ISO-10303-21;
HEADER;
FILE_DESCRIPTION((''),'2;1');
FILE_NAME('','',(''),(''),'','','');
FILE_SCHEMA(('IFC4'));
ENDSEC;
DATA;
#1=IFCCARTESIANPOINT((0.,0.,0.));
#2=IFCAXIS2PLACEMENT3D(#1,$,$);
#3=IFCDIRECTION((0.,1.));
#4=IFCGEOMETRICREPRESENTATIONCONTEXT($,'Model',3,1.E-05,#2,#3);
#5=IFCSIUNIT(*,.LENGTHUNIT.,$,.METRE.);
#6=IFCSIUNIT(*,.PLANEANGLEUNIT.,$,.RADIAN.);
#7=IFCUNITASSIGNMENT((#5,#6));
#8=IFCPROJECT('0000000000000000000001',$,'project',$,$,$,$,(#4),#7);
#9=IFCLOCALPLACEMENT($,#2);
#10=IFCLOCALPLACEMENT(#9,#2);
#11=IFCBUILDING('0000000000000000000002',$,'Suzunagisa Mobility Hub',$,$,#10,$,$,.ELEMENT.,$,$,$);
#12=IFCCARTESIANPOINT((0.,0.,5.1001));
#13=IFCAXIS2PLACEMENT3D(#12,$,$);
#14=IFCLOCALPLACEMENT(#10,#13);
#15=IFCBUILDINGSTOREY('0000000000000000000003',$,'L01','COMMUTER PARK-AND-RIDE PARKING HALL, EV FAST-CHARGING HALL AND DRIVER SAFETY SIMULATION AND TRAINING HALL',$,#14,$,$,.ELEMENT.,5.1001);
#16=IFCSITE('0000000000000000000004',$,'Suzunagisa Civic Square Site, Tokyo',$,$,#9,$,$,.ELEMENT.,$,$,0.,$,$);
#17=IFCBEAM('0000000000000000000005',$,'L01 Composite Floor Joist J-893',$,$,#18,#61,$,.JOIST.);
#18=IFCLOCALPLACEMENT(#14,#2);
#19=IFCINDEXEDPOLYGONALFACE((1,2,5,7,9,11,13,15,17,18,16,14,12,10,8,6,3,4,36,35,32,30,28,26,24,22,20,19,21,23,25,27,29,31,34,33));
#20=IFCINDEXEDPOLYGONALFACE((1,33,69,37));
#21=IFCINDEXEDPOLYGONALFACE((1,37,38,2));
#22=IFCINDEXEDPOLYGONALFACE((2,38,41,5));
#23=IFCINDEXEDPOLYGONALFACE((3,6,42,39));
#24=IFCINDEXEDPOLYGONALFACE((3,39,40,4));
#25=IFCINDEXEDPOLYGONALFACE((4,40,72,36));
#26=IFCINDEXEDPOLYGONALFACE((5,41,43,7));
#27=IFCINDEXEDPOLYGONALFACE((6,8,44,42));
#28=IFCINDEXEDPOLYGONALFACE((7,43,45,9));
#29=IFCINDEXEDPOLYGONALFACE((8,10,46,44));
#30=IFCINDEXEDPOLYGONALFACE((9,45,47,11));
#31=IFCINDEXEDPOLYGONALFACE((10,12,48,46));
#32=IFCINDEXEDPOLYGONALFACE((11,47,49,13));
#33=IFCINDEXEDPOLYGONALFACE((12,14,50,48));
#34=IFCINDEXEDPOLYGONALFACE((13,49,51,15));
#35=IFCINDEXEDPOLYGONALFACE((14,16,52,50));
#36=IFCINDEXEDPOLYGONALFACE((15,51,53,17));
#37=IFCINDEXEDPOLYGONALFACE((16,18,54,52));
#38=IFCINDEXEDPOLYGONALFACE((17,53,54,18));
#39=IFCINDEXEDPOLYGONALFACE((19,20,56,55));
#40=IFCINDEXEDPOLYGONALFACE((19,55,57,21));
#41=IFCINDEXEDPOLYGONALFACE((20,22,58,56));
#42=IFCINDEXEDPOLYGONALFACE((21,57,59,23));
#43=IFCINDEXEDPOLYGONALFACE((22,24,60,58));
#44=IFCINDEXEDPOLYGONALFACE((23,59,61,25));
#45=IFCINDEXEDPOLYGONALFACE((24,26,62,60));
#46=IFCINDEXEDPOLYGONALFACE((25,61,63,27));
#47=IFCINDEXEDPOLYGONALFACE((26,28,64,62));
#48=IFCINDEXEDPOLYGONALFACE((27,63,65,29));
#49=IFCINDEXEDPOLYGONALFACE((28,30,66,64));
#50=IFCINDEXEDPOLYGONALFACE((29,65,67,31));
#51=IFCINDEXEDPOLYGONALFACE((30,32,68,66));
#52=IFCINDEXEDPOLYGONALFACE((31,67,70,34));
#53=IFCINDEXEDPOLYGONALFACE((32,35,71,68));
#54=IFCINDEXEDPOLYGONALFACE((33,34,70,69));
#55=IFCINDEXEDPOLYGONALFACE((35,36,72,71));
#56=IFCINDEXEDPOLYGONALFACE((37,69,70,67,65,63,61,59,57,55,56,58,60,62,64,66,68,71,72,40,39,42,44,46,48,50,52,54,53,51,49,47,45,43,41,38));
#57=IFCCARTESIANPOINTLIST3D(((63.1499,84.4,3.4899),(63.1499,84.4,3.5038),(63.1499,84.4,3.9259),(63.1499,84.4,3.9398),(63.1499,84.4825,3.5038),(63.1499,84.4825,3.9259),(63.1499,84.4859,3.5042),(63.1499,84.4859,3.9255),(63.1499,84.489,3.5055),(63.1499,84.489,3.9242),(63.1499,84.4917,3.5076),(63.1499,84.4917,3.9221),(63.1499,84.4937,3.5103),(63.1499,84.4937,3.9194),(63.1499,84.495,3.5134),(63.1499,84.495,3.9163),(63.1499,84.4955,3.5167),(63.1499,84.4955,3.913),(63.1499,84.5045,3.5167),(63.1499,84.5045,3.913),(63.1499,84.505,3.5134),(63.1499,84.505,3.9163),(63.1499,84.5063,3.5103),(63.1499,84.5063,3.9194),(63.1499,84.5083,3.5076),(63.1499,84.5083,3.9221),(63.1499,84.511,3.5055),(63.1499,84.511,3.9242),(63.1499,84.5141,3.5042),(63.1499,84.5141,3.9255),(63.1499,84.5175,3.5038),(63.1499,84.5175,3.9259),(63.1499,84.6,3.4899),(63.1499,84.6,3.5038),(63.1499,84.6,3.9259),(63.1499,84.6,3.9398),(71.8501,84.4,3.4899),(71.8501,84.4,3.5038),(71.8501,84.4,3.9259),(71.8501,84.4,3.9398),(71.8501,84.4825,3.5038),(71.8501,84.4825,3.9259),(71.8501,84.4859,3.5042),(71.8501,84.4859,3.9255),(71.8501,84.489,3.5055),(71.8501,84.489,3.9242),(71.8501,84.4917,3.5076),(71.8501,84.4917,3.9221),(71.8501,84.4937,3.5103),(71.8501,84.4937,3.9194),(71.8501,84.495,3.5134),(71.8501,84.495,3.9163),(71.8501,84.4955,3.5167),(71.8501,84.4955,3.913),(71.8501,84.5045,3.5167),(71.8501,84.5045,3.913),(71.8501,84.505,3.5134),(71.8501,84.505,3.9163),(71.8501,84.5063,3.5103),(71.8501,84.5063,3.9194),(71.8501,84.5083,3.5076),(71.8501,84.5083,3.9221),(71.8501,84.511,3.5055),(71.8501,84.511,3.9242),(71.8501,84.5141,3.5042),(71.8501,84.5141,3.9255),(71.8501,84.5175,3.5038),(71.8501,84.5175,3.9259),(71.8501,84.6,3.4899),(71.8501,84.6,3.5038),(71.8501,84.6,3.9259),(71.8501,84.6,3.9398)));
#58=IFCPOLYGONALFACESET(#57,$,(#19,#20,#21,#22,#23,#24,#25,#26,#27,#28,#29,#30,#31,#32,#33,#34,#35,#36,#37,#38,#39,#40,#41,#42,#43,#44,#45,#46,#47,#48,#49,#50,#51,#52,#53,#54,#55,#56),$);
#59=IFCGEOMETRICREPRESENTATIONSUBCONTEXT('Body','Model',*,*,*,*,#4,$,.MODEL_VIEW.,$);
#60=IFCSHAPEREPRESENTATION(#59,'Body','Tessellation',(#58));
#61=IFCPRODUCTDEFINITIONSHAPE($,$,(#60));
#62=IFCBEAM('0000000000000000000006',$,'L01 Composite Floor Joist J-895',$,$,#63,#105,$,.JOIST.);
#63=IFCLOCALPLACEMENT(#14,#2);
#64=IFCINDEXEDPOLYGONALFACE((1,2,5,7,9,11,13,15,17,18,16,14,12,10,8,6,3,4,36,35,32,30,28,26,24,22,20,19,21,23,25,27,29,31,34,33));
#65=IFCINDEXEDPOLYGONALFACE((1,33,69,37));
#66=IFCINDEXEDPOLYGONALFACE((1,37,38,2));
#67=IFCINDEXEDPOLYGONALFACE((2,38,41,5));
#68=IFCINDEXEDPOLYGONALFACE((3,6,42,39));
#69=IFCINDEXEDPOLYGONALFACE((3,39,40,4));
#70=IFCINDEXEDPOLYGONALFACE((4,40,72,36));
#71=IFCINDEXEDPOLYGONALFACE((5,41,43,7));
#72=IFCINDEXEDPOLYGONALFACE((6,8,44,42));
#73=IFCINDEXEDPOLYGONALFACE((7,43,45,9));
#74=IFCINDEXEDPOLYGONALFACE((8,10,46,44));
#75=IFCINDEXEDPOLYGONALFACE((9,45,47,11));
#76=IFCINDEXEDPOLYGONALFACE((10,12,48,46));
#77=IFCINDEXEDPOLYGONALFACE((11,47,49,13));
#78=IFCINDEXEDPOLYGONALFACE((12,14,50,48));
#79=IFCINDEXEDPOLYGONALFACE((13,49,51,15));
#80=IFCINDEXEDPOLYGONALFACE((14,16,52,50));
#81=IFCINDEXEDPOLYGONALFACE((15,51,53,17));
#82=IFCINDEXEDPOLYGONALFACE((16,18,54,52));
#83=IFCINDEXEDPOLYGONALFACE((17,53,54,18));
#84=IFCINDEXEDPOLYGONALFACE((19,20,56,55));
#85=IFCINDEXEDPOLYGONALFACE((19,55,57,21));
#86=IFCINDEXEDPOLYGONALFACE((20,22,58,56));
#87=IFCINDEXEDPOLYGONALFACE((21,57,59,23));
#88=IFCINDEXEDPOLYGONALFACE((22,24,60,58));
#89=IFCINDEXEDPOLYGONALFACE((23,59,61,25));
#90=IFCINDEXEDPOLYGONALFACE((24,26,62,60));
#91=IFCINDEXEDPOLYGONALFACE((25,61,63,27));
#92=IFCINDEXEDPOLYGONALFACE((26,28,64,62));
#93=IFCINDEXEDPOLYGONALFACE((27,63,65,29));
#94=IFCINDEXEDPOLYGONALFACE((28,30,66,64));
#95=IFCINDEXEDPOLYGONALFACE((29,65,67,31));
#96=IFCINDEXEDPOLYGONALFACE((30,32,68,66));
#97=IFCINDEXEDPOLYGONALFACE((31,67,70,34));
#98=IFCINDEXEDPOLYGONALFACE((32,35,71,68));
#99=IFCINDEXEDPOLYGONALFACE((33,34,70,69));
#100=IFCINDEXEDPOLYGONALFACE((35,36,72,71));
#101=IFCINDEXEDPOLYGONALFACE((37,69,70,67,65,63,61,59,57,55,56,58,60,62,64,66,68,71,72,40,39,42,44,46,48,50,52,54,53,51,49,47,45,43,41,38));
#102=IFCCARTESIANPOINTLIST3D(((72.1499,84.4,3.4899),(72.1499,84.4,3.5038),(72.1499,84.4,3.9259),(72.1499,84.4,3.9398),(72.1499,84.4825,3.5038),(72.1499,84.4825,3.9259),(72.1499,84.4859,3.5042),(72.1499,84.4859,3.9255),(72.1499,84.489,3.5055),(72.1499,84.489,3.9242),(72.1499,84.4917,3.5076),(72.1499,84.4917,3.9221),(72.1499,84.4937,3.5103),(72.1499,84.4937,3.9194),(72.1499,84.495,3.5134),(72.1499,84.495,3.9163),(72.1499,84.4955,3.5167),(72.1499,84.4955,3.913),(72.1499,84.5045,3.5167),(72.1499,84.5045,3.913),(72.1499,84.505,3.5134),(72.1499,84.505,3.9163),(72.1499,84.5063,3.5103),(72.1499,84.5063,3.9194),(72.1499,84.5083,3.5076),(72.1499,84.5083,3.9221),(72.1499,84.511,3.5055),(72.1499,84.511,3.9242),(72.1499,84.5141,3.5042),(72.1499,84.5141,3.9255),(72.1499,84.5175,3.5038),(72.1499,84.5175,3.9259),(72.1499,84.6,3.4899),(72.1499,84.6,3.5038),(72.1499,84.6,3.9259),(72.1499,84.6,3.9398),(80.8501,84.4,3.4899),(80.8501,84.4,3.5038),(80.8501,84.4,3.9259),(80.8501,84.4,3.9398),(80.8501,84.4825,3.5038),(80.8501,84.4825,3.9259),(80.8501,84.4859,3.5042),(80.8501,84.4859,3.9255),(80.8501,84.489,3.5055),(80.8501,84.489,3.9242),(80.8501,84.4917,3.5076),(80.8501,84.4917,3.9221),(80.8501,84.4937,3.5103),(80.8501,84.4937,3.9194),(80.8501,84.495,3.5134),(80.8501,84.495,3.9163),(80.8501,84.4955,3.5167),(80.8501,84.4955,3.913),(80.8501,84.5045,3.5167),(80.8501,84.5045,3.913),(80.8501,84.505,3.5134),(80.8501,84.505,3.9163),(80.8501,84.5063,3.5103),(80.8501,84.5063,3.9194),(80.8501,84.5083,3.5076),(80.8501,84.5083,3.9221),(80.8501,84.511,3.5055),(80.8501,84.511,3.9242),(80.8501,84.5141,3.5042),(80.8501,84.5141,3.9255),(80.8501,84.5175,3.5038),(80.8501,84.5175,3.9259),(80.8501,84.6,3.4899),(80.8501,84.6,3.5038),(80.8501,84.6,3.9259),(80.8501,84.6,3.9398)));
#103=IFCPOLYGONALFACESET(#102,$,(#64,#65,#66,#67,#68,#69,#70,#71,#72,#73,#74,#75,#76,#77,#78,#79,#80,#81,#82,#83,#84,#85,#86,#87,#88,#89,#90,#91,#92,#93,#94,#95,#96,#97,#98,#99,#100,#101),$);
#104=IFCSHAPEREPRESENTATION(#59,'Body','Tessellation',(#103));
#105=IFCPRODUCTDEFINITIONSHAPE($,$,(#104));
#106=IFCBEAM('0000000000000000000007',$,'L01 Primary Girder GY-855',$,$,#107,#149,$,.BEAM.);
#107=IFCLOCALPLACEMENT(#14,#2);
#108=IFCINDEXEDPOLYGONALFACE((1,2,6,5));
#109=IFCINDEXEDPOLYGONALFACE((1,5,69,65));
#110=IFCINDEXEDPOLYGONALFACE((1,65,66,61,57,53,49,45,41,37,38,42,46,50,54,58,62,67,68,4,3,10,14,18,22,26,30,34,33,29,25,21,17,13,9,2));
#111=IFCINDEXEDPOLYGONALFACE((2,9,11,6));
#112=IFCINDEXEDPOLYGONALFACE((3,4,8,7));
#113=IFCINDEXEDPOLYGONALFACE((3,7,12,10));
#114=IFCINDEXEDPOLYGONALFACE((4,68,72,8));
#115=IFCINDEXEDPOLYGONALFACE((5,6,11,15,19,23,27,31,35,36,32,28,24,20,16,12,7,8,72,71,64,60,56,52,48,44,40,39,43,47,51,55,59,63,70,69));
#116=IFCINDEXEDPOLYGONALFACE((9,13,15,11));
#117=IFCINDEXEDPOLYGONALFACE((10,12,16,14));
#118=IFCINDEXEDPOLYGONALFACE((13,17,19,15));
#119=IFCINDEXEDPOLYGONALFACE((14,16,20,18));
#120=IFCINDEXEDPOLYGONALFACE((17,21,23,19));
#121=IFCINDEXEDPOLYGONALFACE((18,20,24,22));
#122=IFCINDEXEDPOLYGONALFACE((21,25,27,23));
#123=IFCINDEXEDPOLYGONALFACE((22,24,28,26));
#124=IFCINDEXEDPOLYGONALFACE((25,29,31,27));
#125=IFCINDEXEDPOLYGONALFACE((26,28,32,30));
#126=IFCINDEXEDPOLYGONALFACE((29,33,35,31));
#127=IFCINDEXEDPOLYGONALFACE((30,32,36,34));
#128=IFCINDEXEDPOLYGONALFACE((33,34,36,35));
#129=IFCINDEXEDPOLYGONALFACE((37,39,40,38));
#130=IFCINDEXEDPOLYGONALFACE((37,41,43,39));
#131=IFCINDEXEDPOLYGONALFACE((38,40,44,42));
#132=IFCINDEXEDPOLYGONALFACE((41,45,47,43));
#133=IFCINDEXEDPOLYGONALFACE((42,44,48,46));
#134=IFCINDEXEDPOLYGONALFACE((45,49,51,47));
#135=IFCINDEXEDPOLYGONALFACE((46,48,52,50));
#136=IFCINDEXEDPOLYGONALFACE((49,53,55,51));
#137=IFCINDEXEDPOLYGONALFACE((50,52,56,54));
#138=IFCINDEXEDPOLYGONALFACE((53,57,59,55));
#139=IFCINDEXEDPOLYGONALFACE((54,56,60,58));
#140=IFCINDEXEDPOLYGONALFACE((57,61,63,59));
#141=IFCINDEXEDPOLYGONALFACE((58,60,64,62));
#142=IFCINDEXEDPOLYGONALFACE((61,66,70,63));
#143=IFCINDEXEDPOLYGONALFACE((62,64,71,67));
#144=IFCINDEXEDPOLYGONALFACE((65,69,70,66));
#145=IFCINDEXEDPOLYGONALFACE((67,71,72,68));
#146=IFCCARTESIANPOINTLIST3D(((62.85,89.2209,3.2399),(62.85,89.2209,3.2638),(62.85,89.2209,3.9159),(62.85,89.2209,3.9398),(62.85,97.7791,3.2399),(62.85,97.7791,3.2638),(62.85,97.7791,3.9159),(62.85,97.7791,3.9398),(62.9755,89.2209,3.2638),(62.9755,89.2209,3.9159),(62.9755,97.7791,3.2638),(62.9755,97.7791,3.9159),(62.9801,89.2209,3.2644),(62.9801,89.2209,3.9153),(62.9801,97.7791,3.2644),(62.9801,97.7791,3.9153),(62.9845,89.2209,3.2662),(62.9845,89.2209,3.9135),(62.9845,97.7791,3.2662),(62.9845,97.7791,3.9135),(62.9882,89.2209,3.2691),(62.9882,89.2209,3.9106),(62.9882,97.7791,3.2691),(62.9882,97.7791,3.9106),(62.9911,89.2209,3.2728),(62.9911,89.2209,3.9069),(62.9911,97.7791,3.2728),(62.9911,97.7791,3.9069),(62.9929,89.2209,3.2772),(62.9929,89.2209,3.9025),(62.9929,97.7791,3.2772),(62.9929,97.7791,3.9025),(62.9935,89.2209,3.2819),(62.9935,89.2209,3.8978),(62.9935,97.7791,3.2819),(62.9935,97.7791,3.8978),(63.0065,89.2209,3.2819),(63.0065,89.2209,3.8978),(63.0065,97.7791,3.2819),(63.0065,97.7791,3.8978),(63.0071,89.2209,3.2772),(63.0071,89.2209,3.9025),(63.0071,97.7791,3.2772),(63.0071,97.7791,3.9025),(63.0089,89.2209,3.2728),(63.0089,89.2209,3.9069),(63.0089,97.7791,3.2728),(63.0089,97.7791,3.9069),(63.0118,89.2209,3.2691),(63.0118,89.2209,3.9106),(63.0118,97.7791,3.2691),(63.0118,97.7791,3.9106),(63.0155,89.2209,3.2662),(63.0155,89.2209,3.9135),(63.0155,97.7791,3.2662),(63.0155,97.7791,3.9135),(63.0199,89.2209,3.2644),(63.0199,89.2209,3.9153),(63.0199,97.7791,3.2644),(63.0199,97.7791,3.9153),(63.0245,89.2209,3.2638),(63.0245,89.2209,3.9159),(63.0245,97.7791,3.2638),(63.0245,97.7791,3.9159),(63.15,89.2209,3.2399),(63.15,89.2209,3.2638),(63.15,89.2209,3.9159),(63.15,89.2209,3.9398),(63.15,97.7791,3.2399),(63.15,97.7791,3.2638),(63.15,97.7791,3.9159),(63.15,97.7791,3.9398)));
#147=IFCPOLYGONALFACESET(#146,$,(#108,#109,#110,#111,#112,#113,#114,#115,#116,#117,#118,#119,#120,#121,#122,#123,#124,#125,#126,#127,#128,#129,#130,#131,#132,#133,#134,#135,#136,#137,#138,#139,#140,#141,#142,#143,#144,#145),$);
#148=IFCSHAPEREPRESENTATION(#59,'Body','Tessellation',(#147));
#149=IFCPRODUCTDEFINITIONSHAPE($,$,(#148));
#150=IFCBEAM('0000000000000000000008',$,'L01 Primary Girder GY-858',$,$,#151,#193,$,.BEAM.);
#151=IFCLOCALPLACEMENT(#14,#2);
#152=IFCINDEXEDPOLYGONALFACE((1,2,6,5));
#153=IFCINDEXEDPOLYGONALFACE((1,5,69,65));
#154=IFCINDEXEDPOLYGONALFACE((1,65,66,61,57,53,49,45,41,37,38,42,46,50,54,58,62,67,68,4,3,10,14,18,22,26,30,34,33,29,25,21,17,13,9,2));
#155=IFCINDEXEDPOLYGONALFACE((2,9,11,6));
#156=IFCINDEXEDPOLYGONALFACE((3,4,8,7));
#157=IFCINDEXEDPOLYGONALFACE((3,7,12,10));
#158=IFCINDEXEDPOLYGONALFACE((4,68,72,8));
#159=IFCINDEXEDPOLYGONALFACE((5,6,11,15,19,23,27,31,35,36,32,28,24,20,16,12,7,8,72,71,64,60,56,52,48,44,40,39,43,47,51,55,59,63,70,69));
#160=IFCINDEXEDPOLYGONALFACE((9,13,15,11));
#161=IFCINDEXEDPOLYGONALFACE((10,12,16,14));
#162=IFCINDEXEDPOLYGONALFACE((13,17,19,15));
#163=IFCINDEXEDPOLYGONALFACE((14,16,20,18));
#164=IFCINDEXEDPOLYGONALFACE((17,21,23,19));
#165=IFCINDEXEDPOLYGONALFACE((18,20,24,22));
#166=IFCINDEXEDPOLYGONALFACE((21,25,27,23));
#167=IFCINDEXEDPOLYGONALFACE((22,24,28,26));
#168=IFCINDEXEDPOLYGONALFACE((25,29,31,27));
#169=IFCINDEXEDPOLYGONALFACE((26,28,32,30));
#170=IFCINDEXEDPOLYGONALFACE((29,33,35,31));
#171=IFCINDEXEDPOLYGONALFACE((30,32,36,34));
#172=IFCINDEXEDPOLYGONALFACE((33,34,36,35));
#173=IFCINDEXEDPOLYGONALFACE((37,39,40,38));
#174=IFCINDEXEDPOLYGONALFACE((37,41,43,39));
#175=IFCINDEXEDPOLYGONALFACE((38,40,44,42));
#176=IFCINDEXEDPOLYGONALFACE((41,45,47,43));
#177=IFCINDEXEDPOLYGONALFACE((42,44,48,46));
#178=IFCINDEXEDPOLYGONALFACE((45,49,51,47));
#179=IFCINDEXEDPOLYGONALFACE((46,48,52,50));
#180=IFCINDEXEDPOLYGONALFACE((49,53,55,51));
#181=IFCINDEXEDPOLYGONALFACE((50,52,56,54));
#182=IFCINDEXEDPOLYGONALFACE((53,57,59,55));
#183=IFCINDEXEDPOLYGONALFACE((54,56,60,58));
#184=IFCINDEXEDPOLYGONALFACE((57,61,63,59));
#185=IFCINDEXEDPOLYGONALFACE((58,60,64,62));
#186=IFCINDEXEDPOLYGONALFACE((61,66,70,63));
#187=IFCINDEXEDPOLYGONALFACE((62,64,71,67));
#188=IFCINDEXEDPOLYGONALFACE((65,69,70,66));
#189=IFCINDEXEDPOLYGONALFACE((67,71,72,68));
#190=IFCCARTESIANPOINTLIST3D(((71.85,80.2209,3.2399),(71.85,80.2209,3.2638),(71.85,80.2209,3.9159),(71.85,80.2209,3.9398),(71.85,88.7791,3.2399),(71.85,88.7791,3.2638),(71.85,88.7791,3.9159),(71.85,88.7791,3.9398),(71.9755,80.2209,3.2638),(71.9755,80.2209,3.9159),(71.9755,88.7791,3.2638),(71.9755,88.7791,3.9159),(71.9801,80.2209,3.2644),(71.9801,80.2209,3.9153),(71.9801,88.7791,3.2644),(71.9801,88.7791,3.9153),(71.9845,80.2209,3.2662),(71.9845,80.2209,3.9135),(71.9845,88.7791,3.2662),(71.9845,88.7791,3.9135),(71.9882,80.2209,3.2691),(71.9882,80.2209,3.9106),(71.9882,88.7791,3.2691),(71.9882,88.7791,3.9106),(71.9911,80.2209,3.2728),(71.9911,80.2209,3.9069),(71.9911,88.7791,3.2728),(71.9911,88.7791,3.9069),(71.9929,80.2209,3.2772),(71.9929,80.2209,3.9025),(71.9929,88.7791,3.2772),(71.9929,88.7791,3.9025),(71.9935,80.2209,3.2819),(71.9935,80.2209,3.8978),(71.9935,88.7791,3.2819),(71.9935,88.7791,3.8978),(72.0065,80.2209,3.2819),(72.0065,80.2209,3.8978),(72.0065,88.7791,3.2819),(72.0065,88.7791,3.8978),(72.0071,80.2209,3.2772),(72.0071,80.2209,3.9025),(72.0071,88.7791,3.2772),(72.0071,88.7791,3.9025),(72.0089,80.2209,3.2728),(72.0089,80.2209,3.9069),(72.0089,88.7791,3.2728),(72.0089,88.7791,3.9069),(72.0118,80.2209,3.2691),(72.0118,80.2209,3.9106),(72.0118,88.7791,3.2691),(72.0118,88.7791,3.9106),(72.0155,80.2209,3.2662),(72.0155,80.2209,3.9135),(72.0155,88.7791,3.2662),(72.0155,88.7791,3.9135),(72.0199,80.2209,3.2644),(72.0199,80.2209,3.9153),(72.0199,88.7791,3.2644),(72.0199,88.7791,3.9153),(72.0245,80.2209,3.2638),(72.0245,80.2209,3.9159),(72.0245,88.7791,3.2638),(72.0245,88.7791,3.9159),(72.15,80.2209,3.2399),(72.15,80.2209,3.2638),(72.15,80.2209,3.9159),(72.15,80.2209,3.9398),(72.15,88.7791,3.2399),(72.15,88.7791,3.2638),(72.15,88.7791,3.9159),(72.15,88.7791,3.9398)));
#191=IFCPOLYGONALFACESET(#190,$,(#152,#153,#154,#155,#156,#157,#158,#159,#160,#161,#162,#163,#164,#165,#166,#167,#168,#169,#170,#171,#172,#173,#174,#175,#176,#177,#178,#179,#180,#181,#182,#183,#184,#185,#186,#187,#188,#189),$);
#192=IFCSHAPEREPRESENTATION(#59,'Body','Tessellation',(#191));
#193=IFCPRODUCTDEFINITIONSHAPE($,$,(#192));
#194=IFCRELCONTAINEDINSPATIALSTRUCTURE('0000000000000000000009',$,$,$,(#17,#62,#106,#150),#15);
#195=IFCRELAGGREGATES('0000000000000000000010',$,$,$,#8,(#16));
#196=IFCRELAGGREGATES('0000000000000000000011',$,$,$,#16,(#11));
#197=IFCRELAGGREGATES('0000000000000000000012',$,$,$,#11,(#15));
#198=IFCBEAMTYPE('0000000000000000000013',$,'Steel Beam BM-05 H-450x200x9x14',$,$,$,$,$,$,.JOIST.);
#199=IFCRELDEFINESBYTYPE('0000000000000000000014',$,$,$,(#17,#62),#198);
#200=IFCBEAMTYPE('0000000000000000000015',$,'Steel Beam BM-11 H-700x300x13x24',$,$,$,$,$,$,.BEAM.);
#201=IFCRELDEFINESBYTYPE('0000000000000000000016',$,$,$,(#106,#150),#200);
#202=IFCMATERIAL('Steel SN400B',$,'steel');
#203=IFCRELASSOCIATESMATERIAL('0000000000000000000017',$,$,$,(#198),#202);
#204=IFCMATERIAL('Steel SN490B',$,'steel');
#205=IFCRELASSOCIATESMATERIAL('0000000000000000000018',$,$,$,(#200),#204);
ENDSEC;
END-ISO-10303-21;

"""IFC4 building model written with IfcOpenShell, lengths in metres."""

from ifc_helpers import new_model, si_unit, direction, frame, origin, origin_2d, place, context, subcontext, project, spatial, i_section, extrude, material, material_profile, profile_set, type_object, element, save


model = new_model("IFC4")

# Units and contexts
model_context = context("Model", 3, precision=1e-05, world=origin(), true_north=direction((0.0, 1.0)))
body_context = subcontext(model_context, "Body", "Model", "MODEL_VIEW")
ifc_project = project(units=[si_unit("LENGTHUNIT", "METRE"), si_unit("PLANEANGLEUNIT", "RADIAN")], contexts=[model_context])

# Site, building, storey
site_placement = place(None, origin())
site = spatial("IfcSite", under=ifc_project, at=site_placement, Name="Suzunagisa Civic Square Site, Tokyo", CompositionType="ELEMENT", RefElevation=0.0)
building_placement = place(site_placement, origin())
building = spatial("IfcBuilding", under=site, at=building_placement, Name="Suzunagisa Mobility Hub", CompositionType="ELEMENT")
storey_placement = place(building_placement, frame((0.0, 0.0, 5.1001)))
storey = spatial("IfcBuildingStorey", under=building, at=storey_placement, Name="L01", Description="COMMUTER PARK-AND-RIDE PARKING HALL, EV FAST-CHARGING HALL AND DRIVER SAFETY SIMULATION AND TRAINING HALL", CompositionType="ELEMENT", Elevation=5.1001)

# Shared definitions
ifc_material_1 = material(Name="Steel SN490B", Category="steel")

# Beams
ifc_material_2 = material(Name="Steel SN400B", Category="steel")
ifc_material_profile_1 = material_profile(ifc_material_2, i_section(OverallWidth=0.2, OverallDepth=0.45, WebThickness=0.009, FlangeThickness=0.0139, FilletRadius=0.0129, at=origin_2d()), Name="H-450x200x9x14")
ifc_profile_set_1 = profile_set([ifc_material_profile_1], Name="Steel SN400B")
beam_type_1 = type_object("IfcBeamType", Name="Steel Beam BM-05 H-450x200x9x14", PredefinedType="JOIST", material=ifc_profile_set_1)
for number, where, z_axis, x_axis, name in (
    (1, (63.1499, 84.5, 3.7148), (1.0, 0.0, 0.0), (0.0, 1.0, 0.0), "L01 Composite Floor Joist J-893"),
    (2, (72.1499, 84.5, 3.7148), (1.0, 0.0, 0.0), (0.0, 1.0, 0.0), "L01 Composite Floor Joist J-895"),
):
    element("IfcBeam", number, at=place(storey_placement, frame(where, z_axis=z_axis, x_axis=x_axis)), inside=storey, type_object=beam_type_1, Name=name, PredefinedType="JOIST", context=body_context, shape_type="SweptSolid", body=[
        extrude(i_section(OverallWidth=0.2, OverallDepth=0.45, WebThickness=0.009, FlangeThickness=0.0139, FilletRadius=0.0129, at=origin_2d()), origin(), (0.0, 0.0, 1.0), 8.7002),
    ])
ifc_material_profile_2 = material_profile(ifc_material_1, i_section(OverallWidth=0.3, OverallDepth=0.7, WebThickness=0.0129, FlangeThickness=0.0239, FilletRadius=0.0181, at=origin_2d()), Name="H-700x300x13x24")
ifc_profile_set_2 = profile_set([ifc_material_profile_2], Name="Steel SN490B")
beam_type_2 = type_object("IfcBeamType", Name="Steel Beam BM-11 H-700x300x13x24", PredefinedType="BEAM", material=ifc_profile_set_2)
for number, where, z_axis, x_axis, name in (
    (3, (63.0, 89.2209, 3.5898), (0.0, 1.0, 0.0), (-1.0, 0.0, 0.0), "L01 Primary Girder GY-855"),
    (4, (72.0, 80.2209, 3.5898), (0.0, 1.0, 0.0), (-1.0, 0.0, 0.0), "L01 Primary Girder GY-858"),
):
    element("IfcBeam", number, at=place(storey_placement, frame(where, z_axis=z_axis, x_axis=x_axis)), inside=storey, type_object=beam_type_2, Name=name, PredefinedType="BEAM", context=body_context, shape_type="SweptSolid", body=[
        extrude(i_section(OverallWidth=0.3, OverallDepth=0.7, WebThickness=0.0129, FlangeThickness=0.0239, FilletRadius=0.0181, at=origin_2d()), origin(), (0.0, 0.0, 1.0), 8.5581),
    ])

save(model, "model.ifc")
